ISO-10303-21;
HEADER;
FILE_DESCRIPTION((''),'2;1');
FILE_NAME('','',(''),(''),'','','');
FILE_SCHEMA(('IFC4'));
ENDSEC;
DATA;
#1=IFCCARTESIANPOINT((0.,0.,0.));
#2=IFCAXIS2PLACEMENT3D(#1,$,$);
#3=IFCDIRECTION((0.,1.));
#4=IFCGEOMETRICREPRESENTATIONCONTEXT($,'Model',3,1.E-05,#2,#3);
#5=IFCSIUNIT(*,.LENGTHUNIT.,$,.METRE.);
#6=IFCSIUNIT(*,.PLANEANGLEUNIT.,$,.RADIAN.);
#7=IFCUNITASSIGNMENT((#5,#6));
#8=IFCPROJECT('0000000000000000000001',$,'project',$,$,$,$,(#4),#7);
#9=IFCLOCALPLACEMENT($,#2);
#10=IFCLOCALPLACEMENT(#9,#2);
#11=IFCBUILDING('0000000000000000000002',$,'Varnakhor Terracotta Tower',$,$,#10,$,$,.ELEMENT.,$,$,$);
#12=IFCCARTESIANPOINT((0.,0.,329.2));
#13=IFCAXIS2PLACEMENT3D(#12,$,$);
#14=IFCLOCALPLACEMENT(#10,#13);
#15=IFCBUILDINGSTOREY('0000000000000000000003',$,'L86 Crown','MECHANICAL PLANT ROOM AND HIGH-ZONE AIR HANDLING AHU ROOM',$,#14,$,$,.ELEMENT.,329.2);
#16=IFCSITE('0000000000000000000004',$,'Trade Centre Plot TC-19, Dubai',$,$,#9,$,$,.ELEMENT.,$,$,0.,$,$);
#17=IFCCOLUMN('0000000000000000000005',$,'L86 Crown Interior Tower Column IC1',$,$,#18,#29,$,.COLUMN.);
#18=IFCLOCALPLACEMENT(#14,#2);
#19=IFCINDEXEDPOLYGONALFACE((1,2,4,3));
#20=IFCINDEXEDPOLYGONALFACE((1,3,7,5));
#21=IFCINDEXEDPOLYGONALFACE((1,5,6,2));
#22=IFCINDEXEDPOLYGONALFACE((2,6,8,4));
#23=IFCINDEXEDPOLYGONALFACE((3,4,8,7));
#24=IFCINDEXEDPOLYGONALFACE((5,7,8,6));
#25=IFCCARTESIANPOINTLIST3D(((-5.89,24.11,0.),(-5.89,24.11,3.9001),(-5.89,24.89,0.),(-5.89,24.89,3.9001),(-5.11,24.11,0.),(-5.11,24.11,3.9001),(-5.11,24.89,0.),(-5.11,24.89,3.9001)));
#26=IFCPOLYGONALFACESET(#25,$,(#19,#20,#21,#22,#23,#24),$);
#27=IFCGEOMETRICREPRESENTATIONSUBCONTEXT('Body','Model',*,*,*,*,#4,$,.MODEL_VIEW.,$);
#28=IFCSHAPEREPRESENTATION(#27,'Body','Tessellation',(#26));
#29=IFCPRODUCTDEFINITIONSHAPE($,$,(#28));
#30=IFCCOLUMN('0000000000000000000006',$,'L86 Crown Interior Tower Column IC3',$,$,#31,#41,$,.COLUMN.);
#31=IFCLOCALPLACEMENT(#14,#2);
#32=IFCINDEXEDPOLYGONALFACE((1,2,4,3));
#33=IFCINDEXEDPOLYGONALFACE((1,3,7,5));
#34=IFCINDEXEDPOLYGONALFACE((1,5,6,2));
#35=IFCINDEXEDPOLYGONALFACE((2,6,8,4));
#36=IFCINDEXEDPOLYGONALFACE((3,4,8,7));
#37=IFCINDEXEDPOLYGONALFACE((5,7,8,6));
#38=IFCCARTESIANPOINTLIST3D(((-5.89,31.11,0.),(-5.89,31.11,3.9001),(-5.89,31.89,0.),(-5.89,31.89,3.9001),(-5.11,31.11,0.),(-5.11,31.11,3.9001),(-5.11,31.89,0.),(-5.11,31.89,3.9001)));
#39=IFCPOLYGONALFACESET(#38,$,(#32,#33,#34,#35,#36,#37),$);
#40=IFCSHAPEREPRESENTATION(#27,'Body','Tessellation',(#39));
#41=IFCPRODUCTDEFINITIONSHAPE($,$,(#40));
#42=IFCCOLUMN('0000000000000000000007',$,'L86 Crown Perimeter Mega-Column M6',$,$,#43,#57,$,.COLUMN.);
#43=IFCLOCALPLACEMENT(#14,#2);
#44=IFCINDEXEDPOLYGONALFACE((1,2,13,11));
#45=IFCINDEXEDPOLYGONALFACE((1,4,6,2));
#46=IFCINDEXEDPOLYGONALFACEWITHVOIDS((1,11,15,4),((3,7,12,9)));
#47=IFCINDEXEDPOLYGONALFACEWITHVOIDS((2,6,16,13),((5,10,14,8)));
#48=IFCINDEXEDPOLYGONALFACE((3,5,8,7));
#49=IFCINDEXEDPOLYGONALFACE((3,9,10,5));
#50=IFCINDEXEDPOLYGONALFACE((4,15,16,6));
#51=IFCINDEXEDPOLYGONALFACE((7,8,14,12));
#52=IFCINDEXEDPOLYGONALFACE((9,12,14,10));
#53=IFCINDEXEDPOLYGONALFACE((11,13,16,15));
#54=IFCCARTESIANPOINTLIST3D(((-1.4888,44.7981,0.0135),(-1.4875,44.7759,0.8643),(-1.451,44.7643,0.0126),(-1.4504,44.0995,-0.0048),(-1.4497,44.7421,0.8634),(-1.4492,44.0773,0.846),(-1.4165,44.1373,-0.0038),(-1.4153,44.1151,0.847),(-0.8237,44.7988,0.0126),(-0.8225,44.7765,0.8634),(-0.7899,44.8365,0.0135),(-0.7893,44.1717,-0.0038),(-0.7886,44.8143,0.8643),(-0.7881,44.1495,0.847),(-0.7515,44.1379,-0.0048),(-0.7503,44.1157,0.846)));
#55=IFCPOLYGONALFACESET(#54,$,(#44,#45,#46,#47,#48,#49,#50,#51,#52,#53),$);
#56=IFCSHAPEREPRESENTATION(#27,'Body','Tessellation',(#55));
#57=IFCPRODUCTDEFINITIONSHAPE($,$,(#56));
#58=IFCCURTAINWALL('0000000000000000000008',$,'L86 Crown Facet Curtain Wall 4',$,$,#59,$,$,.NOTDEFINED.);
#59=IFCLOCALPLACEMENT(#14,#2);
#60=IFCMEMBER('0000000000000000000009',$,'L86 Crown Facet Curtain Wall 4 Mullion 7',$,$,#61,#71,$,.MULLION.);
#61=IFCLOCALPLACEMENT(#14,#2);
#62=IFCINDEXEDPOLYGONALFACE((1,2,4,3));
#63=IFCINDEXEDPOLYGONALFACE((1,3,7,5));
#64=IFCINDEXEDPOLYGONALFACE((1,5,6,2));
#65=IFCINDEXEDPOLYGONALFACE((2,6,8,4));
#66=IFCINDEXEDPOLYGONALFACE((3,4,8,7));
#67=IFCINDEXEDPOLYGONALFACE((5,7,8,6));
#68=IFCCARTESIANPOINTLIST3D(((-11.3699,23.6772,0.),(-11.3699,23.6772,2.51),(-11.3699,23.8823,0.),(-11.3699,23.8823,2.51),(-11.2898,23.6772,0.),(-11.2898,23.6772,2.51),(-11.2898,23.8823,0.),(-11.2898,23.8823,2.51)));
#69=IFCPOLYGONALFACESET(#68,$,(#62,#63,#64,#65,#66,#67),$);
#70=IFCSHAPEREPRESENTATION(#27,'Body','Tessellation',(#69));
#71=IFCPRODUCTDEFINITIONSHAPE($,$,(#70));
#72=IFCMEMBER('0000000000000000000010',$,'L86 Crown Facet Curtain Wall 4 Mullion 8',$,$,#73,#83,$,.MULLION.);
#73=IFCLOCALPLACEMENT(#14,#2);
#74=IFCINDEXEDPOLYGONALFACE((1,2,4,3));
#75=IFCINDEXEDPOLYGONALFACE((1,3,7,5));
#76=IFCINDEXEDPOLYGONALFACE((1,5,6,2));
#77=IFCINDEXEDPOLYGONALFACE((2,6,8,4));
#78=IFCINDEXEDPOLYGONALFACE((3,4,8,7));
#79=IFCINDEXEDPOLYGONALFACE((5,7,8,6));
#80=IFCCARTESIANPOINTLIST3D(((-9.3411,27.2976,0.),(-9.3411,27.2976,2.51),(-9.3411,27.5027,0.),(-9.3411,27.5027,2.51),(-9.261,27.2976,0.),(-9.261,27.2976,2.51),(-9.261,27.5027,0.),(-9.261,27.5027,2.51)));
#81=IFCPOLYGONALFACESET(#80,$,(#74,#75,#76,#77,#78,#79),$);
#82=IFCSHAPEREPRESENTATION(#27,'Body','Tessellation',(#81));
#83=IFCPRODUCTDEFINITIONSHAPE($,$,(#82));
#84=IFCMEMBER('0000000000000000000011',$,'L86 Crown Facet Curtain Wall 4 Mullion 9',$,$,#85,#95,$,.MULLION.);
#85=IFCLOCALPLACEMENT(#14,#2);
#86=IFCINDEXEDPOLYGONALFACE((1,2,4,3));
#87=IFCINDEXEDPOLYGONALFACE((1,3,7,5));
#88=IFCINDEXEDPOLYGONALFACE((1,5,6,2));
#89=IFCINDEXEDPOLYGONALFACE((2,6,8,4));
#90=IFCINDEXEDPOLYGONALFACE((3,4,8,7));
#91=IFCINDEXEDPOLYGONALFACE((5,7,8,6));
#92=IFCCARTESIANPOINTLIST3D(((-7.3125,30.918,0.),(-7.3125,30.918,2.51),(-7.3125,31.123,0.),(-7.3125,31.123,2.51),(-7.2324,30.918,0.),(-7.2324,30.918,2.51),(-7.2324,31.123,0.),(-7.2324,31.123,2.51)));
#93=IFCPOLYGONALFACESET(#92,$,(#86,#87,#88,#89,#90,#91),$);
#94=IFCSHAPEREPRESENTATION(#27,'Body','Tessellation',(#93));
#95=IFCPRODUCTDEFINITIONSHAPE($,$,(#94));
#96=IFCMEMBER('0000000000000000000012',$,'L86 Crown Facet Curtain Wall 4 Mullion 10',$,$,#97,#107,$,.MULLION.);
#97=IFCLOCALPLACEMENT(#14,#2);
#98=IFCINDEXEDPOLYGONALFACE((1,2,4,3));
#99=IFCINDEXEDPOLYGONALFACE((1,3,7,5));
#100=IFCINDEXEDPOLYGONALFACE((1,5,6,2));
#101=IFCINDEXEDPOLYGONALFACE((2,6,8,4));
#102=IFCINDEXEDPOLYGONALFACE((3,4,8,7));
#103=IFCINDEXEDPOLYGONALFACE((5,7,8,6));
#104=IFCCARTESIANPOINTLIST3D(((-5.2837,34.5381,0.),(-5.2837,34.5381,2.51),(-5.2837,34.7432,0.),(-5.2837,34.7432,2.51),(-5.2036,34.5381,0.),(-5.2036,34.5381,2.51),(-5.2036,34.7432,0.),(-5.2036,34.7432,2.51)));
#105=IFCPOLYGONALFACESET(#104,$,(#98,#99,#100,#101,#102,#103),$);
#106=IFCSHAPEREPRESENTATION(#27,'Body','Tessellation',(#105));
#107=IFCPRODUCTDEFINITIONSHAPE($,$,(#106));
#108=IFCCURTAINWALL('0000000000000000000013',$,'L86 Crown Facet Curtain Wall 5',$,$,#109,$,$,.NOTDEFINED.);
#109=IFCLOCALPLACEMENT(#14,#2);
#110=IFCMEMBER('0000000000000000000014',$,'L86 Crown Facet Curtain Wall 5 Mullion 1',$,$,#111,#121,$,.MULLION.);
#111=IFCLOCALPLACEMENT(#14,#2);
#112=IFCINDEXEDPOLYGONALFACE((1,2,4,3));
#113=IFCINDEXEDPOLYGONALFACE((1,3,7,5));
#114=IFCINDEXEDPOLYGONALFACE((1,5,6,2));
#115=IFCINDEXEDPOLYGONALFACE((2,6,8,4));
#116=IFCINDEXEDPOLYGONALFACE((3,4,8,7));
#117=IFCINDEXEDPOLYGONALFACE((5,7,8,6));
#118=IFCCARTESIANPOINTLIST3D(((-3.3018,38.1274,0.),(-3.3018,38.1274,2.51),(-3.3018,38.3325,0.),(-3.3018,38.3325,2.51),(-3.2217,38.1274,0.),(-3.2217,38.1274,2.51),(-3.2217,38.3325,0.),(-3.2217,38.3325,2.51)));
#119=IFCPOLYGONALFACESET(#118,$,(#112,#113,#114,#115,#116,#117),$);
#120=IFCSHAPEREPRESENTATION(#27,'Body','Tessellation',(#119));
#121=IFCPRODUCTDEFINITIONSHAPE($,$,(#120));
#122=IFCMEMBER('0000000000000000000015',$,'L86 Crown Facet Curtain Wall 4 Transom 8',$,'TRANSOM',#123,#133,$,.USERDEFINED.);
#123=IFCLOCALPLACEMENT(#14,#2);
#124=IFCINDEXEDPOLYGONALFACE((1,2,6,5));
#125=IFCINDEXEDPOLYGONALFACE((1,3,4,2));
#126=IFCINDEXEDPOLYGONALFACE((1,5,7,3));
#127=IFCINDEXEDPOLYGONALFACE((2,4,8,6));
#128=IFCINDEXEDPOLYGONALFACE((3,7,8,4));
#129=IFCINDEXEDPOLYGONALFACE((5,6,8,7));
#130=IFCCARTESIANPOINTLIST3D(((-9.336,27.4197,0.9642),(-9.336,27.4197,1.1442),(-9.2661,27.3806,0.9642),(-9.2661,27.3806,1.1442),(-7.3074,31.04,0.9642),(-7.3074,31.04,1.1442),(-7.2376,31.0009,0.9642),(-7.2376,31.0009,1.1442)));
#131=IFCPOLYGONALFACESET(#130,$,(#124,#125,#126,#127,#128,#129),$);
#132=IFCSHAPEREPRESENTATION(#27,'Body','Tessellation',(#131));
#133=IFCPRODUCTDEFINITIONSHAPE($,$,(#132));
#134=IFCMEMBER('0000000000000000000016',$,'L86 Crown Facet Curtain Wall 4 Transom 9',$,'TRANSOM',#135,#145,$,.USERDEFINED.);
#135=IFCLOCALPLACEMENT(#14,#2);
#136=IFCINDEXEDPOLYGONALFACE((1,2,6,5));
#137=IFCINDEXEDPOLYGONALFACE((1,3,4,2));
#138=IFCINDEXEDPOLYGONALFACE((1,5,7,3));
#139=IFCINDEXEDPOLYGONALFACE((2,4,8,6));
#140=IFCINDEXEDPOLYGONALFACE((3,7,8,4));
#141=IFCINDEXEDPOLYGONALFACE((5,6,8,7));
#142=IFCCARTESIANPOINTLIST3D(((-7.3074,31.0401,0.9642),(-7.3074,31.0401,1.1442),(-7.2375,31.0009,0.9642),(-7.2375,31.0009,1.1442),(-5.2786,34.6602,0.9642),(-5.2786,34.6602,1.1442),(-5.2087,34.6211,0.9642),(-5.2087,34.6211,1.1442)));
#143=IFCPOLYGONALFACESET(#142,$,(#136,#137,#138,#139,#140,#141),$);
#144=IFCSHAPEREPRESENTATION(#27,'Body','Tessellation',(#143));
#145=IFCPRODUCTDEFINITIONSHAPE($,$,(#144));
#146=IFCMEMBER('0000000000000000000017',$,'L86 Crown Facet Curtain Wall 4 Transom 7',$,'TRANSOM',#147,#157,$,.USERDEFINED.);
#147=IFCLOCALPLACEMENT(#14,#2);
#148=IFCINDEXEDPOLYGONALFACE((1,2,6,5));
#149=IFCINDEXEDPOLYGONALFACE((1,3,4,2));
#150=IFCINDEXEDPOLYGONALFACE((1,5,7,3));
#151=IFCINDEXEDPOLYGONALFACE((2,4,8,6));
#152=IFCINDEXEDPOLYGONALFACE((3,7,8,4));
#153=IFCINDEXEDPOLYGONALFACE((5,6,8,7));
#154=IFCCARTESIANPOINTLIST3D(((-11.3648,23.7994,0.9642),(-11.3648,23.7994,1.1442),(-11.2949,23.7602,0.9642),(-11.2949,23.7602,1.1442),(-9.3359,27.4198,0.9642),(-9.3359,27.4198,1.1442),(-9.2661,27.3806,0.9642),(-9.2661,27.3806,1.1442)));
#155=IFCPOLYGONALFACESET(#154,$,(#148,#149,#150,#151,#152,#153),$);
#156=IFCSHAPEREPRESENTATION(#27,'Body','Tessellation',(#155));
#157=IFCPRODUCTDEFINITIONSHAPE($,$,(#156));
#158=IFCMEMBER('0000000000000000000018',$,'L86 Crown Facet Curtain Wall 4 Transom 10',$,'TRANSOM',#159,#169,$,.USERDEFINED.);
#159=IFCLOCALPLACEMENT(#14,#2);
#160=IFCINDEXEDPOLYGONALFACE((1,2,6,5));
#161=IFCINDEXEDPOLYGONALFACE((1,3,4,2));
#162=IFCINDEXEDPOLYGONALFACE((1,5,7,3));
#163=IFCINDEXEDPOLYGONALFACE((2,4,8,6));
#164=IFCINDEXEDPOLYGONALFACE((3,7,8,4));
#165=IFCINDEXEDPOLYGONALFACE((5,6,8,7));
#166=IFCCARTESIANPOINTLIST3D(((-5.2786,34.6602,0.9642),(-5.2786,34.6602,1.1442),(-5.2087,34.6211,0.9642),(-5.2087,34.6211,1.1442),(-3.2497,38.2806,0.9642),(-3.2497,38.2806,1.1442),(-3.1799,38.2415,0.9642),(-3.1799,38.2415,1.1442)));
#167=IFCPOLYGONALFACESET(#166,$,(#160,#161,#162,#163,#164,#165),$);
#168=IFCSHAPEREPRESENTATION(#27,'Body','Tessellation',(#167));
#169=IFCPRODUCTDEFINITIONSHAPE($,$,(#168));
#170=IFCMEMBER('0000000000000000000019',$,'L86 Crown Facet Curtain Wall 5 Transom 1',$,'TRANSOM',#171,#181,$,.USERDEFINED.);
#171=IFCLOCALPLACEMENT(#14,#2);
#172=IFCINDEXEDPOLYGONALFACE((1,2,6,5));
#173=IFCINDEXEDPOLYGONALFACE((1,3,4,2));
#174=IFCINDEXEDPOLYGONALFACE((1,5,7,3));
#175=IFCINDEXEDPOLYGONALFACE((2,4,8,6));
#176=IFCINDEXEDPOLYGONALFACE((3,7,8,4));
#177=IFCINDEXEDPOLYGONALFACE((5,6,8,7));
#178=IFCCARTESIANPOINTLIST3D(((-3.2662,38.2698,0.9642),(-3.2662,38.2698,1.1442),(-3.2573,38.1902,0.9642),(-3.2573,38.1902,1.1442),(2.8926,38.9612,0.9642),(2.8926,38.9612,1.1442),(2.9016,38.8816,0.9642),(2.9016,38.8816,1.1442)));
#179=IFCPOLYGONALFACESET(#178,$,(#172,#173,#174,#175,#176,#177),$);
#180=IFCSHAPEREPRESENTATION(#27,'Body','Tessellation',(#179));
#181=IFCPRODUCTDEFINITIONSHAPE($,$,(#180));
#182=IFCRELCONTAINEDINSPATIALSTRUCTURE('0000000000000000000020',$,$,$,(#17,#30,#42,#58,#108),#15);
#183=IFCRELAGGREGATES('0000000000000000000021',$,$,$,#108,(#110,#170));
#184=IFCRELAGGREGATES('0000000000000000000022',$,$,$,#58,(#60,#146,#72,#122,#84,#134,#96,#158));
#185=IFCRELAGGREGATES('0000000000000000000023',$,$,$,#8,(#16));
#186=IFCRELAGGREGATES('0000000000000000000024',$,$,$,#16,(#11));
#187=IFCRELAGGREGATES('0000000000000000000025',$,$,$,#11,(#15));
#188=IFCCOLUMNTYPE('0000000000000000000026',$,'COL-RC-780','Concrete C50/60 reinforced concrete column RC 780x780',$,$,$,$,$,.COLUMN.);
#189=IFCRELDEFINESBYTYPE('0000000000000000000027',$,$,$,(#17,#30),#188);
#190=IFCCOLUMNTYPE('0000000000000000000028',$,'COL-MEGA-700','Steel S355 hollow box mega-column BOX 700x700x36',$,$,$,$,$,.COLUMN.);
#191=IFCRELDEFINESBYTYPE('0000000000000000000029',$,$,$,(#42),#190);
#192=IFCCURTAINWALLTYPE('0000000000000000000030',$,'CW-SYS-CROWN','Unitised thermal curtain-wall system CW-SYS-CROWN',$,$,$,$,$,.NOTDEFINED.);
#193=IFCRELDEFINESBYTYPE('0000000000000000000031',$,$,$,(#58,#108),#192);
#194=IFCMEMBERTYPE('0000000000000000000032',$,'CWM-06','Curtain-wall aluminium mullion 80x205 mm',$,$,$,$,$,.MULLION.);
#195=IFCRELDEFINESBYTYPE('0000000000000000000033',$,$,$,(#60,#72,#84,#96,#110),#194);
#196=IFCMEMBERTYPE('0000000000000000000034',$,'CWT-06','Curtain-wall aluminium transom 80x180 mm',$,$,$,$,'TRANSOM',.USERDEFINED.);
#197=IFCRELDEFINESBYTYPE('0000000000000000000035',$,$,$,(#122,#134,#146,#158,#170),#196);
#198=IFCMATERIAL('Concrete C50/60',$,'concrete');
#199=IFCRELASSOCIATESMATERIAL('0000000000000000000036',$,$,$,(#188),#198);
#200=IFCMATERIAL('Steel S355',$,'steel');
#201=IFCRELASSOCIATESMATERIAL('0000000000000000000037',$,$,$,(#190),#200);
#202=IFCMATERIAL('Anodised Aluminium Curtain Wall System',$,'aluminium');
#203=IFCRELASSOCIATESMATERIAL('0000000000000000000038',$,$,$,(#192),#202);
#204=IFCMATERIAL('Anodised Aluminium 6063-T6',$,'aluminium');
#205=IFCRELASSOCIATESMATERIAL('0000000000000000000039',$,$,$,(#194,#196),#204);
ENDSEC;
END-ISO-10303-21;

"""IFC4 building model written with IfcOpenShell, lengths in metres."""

from ifc_helpers import new_model, si_unit, direction, frame, origin, origin_2d, place, context, subcontext, project, spatial, rectangle, hollow_rectangle, extrude, source, transform, mapped, material, material_profile, profile_set, type_object, element, aggregate, save


model = new_model("IFC4")

# Units and contexts
model_context = context("Model", 3, precision=1e-05, world=origin(), true_north=direction((0.0, 1.0)))
body_context = subcontext(model_context, "Body", "Model", "MODEL_VIEW")
ifc_project = project(units=[si_unit("LENGTHUNIT", "METRE"), si_unit("PLANEANGLEUNIT", "RADIAN")], contexts=[model_context])

# Site, building, storey
site_placement = place(None, origin())
site = spatial("IfcSite", under=ifc_project, at=site_placement, Name="Trade Centre Plot TC-19, Dubai", CompositionType="ELEMENT", RefElevation=0.0)
building_placement = place(site_placement, origin())
building = spatial("IfcBuilding", under=site, at=building_placement, Name="Varnakhor Terracotta Tower", CompositionType="ELEMENT")
storey_placement = place(building_placement, frame((0.0, 0.0, 329.2)))
storey = spatial("IfcBuildingStorey", under=building, at=storey_placement, Name="L86 Crown", Description="MECHANICAL PLANT ROOM AND HIGH-ZONE AIR HANDLING AHU ROOM", CompositionType="ELEMENT", Elevation=329.2)

# Columns
ifc_material_1 = material(Name="Concrete C50/60", Category="concrete")
ifc_material_profile_1 = material_profile(ifc_material_1, rectangle(XDim=0.78, YDim=0.78, at=origin_2d()), Name="RC 780x780")
ifc_profile_set_1 = profile_set([ifc_material_profile_1], Name="Concrete C50/60")
column_type_1 = type_object("IfcColumnType", Name="COL-RC-780", Description="Concrete C50/60 reinforced concrete column RC 780x780", PredefinedType="COLUMN", material=ifc_profile_set_1)
shared_shape_1 = source(origin(), body_context, "Body", "SweptSolid", [
    extrude(rectangle(XDim=0.78, YDim=0.78, at=origin_2d()), origin(), (0.0, 0.0, 1.0), 3.9001),
])
for number, where, z_axis, x_axis, name in (
    (1, (-5.5, 24.5, 0.0), (0.0, 0.0, 1.0), (1.0, 0.0, 0.0), "L86 Crown Interior Tower Column IC1"),
    (2, (-5.5, 31.5, 0.0), (0.0, 0.0, 1.0), (1.0, 0.0, 0.0), "L86 Crown Interior Tower Column IC3"),
):
    element("IfcColumn", number, at=place(storey_placement, frame(where, z_axis=z_axis, x_axis=x_axis)), inside=storey, type_object=column_type_1, Name=name, PredefinedType="COLUMN", context=body_context, shape_type="MappedRepresentation", body=[
        mapped(shared_shape_1, transform((0.0, 0.0, 0.0), scale=1.0)),
    ])
ifc_material_2 = material(Name="Steel S355", Category="steel")
ifc_material_profile_2 = material_profile(ifc_material_2, hollow_rectangle(XDim=0.7, YDim=0.7, WallThickness=0.0359, at=origin_2d()), Name="BOX 700x700x36")
ifc_profile_set_2 = profile_set([ifc_material_profile_2], Name="Steel S355")
column_type_2 = type_object("IfcColumnType", Name="COL-MEGA-700", Description="Steel S355 hollow box mega-column BOX 700x700x36", PredefinedType="COLUMN", material=ifc_profile_set_2)
shared_shape_2 = source(origin(), body_context, "Body", "SweptSolid", [
    extrude(hollow_rectangle(XDim=0.7, YDim=0.7, WallThickness=0.0359, at=origin_2d()), origin(), (0.0, 0.0, 1.0), 0.8511),
])
column_placement = place(storey_placement, frame((-1.1201, 44.468, 0.0044), z_axis=(0.001434, -0.026103, 0.999658), x_axis=(0.998494, 0.054862, 0.0)))
element("IfcColumn", 3, at=column_placement, inside=storey, type_object=column_type_2, Name="L86 Crown Perimeter Mega-Column M6", PredefinedType="COLUMN", context=body_context, shape_type="MappedRepresentation", body=[
    mapped(shared_shape_2, transform((0.0, 0.0, 0.0), scale=1.0)),
])

# Curtain wall, members
ifc_material_3 = material(Name="Anodised Aluminium Curtain Wall System", Category="aluminium")
curtain_wall_type = type_object("IfcCurtainWallType", Name="CW-SYS-CROWN", Description="Unitised thermal curtain-wall system CW-SYS-CROWN", PredefinedType="NOTDEFINED", material=ifc_material_3)
curtain_wall_1_placement = place(storey_placement, origin())
curtain_wall_1 = element("IfcCurtainWall", 4, at=curtain_wall_1_placement, inside=storey, type_object=curtain_wall_type, Name="L86 Crown Facet Curtain Wall 4", PredefinedType="NOTDEFINED")
ifc_material_4 = material(Name="Anodised Aluminium 6063-T6", Category="aluminium")
ifc_material_profile_3 = material_profile(ifc_material_4, rectangle(XDim=0.0801, YDim=0.2051, at=origin_2d()), Name="ALU MULLION 80x205")
ifc_profile_set_3 = profile_set([ifc_material_profile_3], Name="Anodised Aluminium 6063-T6")
member_type_1 = type_object("IfcMemberType", Name="CWM-06", Description="Curtain-wall aluminium mullion 80x205 mm", PredefinedType="MULLION", material=ifc_profile_set_3)
shared_shape_3 = source(origin(), body_context, "Body", "SweptSolid", [
    extrude(rectangle(XDim=0.0801, YDim=0.2051, at=origin_2d()), origin(), (0.0, 0.0, 1.0), 2.51),
])
member_1_placement = place(storey_placement, frame((-11.3298, 23.7798, 0.0), z_axis=(0.0, 0.0, 1.0), x_axis=(1.0, 0.0, 0.0)))
member_1 = element("IfcMember", 5, at=member_1_placement, type_object=member_type_1, Name="L86 Crown Facet Curtain Wall 4 Mullion 7", PredefinedType="MULLION", context=body_context, shape_type="MappedRepresentation", body=[
    mapped(shared_shape_3, transform((0.0, 0.0, 0.0), scale=1.0)),
])
member_2_placement = place(storey_placement, frame((-9.301, 27.4001, 0.0), z_axis=(0.0, 0.0, 1.0), x_axis=(1.0, 0.0, 0.0)))
member_2 = element("IfcMember", 6, at=member_2_placement, type_object=member_type_1, Name="L86 Crown Facet Curtain Wall 4 Mullion 8", PredefinedType="MULLION", context=body_context, shape_type="MappedRepresentation", body=[
    mapped(shared_shape_3, transform((0.0, 0.0, 0.0), scale=1.0)),
])
member_3_placement = place(storey_placement, frame((-7.2725, 31.0205, 0.0), z_axis=(0.0, 0.0, 1.0), x_axis=(1.0, 0.0, 0.0)))
member_3 = element("IfcMember", 7, at=member_3_placement, type_object=member_type_1, Name="L86 Crown Facet Curtain Wall 4 Mullion 9", PredefinedType="MULLION", context=body_context, shape_type="MappedRepresentation", body=[
    mapped(shared_shape_3, transform((0.0, 0.0, 0.0), scale=1.0)),
])
member_4_placement = place(storey_placement, frame((-5.2437, 34.6406, 0.0), z_axis=(0.0, 0.0, 1.0), x_axis=(1.0, 0.0, 0.0)))
member_4 = element("IfcMember", 8, at=member_4_placement, type_object=member_type_1, Name="L86 Crown Facet Curtain Wall 4 Mullion 10", PredefinedType="MULLION", context=body_context, shape_type="MappedRepresentation", body=[
    mapped(shared_shape_3, transform((0.0, 0.0, 0.0), scale=1.0)),
])

# Curtain wall, member
curtain_wall_2_placement = place(storey_placement, origin())
curtain_wall_2 = element("IfcCurtainWall", 9, at=curtain_wall_2_placement, inside=storey, type_object=curtain_wall_type, Name="L86 Crown Facet Curtain Wall 5", PredefinedType="NOTDEFINED")
member_5_placement = place(storey_placement, frame((-3.2617, 38.23, 0.0), z_axis=(0.0, 0.0, 1.0), x_axis=(1.0, 0.0, 0.0)))
member_5 = element("IfcMember", 10, at=member_5_placement, type_object=member_type_1, Name="L86 Crown Facet Curtain Wall 5 Mullion 1", PredefinedType="MULLION", context=body_context, shape_type="MappedRepresentation", body=[
    mapped(shared_shape_3, transform((0.0, 0.0, 0.0), scale=1.0)),
])

# Members
ifc_material_profile_4 = material_profile(ifc_material_4, rectangle(XDim=0.0801, YDim=0.1799, at=origin_2d()), Name="ALU TRANSOM 80x180")
ifc_profile_set_4 = profile_set([ifc_material_profile_4], Name="Anodised Aluminium 6063-T6")
member_type_2 = type_object("IfcMemberType", Name="CWT-06", Description="Curtain-wall aluminium transom 80x180 mm", ElementType="TRANSOM", PredefinedType="USERDEFINED", material=ifc_profile_set_4)
shared_shape_4 = source(origin(), body_context, "Body", "SweptSolid", [
    extrude(rectangle(XDim=0.0801, YDim=0.1799, at=origin_2d()), origin(), (0.0, 0.0, 1.0), 4.1499),
])
member_6_placement = place(storey_placement, frame((-9.301, 27.4001, 1.0542), z_axis=(0.488817, 0.872387, 0.0), x_axis=(-0.872387, 0.488817, 0.0)))
member_6 = element("IfcMember", 11, at=member_6_placement, type_object=member_type_2, Name="L86 Crown Facet Curtain Wall 4 Transom 8", ObjectType="TRANSOM", PredefinedType="USERDEFINED", context=body_context, shape_type="MappedRepresentation", body=[
    mapped(shared_shape_4, transform((0.0, 0.0, 0.0), scale=1.0)),
])
member_7_placement = place(storey_placement, frame((-7.2725, 31.0205, 1.0542), z_axis=(0.488886, 0.872347, 0.0), x_axis=(-0.872347, 0.488886, 0.0)))
member_7 = element("IfcMember", 12, at=member_7_placement, type_object=member_type_2, Name="L86 Crown Facet Curtain Wall 4 Transom 9", ObjectType="TRANSOM", PredefinedType="USERDEFINED", context=body_context, shape_type="MappedRepresentation", body=[
    mapped(shared_shape_4, transform((0.0, 0.0, 0.0), scale=1.0)),
])
shared_shape_5 = source(origin(), body_context, "Body", "SweptSolid", [
    extrude(rectangle(XDim=0.0801, YDim=0.1799, at=origin_2d()), origin(), (0.0, 0.0, 1.0), 4.1501),
])
member_8_placement = place(storey_placement, frame((-11.3298, 23.7798, 1.0542), z_axis=(0.488861, 0.872362, 0.0), x_axis=(-0.872362, 0.488861, 0.0)))
member_8 = element("IfcMember", 13, at=member_8_placement, type_object=member_type_2, Name="L86 Crown Facet Curtain Wall 4 Transom 7", ObjectType="TRANSOM", PredefinedType="USERDEFINED", context=body_context, shape_type="MappedRepresentation", body=[
    mapped(shared_shape_5, transform((0.0, 0.0, 0.0), scale=1.0)),
])
member_9_placement = place(storey_placement, frame((-5.2437, 34.6406, 1.0542), z_axis=(0.488861, 0.872362, 0.0), x_axis=(-0.872362, 0.488861, 0.0)))
member_9 = element("IfcMember", 14, at=member_9_placement, type_object=member_type_2, Name="L86 Crown Facet Curtain Wall 4 Transom 10", ObjectType="TRANSOM", PredefinedType="USERDEFINED", context=body_context, shape_type="MappedRepresentation", body=[
    mapped(shared_shape_5, transform((0.0, 0.0, 0.0), scale=1.0)),
])
shared_shape_6 = source(origin(), body_context, "Body", "SweptSolid", [
    extrude(rectangle(XDim=0.0801, YDim=0.1799, at=origin_2d()), origin(), (0.0, 0.0, 1.0), 6.1975),
])
member_10_placement = place(storey_placement, frame((-3.2617, 38.23, 1.0542), z_axis=(0.993758, 0.11156, 0.0), x_axis=(-0.11156, 0.993758, 0.0)))
member_10 = element("IfcMember", 15, at=member_10_placement, type_object=member_type_2, Name="L86 Crown Facet Curtain Wall 5 Transom 1", ObjectType="TRANSOM", PredefinedType="USERDEFINED", context=body_context, shape_type="MappedRepresentation", body=[
    mapped(shared_shape_6, transform((0.0, 0.0, 0.0), scale=1.0)),
])
aggregate(curtain_wall_2, [member_5, member_10])

aggregate(curtain_wall_1, [member_1, member_8, member_2, member_6, member_3, member_7, member_4, member_9])

save(model, "model.ifc")
